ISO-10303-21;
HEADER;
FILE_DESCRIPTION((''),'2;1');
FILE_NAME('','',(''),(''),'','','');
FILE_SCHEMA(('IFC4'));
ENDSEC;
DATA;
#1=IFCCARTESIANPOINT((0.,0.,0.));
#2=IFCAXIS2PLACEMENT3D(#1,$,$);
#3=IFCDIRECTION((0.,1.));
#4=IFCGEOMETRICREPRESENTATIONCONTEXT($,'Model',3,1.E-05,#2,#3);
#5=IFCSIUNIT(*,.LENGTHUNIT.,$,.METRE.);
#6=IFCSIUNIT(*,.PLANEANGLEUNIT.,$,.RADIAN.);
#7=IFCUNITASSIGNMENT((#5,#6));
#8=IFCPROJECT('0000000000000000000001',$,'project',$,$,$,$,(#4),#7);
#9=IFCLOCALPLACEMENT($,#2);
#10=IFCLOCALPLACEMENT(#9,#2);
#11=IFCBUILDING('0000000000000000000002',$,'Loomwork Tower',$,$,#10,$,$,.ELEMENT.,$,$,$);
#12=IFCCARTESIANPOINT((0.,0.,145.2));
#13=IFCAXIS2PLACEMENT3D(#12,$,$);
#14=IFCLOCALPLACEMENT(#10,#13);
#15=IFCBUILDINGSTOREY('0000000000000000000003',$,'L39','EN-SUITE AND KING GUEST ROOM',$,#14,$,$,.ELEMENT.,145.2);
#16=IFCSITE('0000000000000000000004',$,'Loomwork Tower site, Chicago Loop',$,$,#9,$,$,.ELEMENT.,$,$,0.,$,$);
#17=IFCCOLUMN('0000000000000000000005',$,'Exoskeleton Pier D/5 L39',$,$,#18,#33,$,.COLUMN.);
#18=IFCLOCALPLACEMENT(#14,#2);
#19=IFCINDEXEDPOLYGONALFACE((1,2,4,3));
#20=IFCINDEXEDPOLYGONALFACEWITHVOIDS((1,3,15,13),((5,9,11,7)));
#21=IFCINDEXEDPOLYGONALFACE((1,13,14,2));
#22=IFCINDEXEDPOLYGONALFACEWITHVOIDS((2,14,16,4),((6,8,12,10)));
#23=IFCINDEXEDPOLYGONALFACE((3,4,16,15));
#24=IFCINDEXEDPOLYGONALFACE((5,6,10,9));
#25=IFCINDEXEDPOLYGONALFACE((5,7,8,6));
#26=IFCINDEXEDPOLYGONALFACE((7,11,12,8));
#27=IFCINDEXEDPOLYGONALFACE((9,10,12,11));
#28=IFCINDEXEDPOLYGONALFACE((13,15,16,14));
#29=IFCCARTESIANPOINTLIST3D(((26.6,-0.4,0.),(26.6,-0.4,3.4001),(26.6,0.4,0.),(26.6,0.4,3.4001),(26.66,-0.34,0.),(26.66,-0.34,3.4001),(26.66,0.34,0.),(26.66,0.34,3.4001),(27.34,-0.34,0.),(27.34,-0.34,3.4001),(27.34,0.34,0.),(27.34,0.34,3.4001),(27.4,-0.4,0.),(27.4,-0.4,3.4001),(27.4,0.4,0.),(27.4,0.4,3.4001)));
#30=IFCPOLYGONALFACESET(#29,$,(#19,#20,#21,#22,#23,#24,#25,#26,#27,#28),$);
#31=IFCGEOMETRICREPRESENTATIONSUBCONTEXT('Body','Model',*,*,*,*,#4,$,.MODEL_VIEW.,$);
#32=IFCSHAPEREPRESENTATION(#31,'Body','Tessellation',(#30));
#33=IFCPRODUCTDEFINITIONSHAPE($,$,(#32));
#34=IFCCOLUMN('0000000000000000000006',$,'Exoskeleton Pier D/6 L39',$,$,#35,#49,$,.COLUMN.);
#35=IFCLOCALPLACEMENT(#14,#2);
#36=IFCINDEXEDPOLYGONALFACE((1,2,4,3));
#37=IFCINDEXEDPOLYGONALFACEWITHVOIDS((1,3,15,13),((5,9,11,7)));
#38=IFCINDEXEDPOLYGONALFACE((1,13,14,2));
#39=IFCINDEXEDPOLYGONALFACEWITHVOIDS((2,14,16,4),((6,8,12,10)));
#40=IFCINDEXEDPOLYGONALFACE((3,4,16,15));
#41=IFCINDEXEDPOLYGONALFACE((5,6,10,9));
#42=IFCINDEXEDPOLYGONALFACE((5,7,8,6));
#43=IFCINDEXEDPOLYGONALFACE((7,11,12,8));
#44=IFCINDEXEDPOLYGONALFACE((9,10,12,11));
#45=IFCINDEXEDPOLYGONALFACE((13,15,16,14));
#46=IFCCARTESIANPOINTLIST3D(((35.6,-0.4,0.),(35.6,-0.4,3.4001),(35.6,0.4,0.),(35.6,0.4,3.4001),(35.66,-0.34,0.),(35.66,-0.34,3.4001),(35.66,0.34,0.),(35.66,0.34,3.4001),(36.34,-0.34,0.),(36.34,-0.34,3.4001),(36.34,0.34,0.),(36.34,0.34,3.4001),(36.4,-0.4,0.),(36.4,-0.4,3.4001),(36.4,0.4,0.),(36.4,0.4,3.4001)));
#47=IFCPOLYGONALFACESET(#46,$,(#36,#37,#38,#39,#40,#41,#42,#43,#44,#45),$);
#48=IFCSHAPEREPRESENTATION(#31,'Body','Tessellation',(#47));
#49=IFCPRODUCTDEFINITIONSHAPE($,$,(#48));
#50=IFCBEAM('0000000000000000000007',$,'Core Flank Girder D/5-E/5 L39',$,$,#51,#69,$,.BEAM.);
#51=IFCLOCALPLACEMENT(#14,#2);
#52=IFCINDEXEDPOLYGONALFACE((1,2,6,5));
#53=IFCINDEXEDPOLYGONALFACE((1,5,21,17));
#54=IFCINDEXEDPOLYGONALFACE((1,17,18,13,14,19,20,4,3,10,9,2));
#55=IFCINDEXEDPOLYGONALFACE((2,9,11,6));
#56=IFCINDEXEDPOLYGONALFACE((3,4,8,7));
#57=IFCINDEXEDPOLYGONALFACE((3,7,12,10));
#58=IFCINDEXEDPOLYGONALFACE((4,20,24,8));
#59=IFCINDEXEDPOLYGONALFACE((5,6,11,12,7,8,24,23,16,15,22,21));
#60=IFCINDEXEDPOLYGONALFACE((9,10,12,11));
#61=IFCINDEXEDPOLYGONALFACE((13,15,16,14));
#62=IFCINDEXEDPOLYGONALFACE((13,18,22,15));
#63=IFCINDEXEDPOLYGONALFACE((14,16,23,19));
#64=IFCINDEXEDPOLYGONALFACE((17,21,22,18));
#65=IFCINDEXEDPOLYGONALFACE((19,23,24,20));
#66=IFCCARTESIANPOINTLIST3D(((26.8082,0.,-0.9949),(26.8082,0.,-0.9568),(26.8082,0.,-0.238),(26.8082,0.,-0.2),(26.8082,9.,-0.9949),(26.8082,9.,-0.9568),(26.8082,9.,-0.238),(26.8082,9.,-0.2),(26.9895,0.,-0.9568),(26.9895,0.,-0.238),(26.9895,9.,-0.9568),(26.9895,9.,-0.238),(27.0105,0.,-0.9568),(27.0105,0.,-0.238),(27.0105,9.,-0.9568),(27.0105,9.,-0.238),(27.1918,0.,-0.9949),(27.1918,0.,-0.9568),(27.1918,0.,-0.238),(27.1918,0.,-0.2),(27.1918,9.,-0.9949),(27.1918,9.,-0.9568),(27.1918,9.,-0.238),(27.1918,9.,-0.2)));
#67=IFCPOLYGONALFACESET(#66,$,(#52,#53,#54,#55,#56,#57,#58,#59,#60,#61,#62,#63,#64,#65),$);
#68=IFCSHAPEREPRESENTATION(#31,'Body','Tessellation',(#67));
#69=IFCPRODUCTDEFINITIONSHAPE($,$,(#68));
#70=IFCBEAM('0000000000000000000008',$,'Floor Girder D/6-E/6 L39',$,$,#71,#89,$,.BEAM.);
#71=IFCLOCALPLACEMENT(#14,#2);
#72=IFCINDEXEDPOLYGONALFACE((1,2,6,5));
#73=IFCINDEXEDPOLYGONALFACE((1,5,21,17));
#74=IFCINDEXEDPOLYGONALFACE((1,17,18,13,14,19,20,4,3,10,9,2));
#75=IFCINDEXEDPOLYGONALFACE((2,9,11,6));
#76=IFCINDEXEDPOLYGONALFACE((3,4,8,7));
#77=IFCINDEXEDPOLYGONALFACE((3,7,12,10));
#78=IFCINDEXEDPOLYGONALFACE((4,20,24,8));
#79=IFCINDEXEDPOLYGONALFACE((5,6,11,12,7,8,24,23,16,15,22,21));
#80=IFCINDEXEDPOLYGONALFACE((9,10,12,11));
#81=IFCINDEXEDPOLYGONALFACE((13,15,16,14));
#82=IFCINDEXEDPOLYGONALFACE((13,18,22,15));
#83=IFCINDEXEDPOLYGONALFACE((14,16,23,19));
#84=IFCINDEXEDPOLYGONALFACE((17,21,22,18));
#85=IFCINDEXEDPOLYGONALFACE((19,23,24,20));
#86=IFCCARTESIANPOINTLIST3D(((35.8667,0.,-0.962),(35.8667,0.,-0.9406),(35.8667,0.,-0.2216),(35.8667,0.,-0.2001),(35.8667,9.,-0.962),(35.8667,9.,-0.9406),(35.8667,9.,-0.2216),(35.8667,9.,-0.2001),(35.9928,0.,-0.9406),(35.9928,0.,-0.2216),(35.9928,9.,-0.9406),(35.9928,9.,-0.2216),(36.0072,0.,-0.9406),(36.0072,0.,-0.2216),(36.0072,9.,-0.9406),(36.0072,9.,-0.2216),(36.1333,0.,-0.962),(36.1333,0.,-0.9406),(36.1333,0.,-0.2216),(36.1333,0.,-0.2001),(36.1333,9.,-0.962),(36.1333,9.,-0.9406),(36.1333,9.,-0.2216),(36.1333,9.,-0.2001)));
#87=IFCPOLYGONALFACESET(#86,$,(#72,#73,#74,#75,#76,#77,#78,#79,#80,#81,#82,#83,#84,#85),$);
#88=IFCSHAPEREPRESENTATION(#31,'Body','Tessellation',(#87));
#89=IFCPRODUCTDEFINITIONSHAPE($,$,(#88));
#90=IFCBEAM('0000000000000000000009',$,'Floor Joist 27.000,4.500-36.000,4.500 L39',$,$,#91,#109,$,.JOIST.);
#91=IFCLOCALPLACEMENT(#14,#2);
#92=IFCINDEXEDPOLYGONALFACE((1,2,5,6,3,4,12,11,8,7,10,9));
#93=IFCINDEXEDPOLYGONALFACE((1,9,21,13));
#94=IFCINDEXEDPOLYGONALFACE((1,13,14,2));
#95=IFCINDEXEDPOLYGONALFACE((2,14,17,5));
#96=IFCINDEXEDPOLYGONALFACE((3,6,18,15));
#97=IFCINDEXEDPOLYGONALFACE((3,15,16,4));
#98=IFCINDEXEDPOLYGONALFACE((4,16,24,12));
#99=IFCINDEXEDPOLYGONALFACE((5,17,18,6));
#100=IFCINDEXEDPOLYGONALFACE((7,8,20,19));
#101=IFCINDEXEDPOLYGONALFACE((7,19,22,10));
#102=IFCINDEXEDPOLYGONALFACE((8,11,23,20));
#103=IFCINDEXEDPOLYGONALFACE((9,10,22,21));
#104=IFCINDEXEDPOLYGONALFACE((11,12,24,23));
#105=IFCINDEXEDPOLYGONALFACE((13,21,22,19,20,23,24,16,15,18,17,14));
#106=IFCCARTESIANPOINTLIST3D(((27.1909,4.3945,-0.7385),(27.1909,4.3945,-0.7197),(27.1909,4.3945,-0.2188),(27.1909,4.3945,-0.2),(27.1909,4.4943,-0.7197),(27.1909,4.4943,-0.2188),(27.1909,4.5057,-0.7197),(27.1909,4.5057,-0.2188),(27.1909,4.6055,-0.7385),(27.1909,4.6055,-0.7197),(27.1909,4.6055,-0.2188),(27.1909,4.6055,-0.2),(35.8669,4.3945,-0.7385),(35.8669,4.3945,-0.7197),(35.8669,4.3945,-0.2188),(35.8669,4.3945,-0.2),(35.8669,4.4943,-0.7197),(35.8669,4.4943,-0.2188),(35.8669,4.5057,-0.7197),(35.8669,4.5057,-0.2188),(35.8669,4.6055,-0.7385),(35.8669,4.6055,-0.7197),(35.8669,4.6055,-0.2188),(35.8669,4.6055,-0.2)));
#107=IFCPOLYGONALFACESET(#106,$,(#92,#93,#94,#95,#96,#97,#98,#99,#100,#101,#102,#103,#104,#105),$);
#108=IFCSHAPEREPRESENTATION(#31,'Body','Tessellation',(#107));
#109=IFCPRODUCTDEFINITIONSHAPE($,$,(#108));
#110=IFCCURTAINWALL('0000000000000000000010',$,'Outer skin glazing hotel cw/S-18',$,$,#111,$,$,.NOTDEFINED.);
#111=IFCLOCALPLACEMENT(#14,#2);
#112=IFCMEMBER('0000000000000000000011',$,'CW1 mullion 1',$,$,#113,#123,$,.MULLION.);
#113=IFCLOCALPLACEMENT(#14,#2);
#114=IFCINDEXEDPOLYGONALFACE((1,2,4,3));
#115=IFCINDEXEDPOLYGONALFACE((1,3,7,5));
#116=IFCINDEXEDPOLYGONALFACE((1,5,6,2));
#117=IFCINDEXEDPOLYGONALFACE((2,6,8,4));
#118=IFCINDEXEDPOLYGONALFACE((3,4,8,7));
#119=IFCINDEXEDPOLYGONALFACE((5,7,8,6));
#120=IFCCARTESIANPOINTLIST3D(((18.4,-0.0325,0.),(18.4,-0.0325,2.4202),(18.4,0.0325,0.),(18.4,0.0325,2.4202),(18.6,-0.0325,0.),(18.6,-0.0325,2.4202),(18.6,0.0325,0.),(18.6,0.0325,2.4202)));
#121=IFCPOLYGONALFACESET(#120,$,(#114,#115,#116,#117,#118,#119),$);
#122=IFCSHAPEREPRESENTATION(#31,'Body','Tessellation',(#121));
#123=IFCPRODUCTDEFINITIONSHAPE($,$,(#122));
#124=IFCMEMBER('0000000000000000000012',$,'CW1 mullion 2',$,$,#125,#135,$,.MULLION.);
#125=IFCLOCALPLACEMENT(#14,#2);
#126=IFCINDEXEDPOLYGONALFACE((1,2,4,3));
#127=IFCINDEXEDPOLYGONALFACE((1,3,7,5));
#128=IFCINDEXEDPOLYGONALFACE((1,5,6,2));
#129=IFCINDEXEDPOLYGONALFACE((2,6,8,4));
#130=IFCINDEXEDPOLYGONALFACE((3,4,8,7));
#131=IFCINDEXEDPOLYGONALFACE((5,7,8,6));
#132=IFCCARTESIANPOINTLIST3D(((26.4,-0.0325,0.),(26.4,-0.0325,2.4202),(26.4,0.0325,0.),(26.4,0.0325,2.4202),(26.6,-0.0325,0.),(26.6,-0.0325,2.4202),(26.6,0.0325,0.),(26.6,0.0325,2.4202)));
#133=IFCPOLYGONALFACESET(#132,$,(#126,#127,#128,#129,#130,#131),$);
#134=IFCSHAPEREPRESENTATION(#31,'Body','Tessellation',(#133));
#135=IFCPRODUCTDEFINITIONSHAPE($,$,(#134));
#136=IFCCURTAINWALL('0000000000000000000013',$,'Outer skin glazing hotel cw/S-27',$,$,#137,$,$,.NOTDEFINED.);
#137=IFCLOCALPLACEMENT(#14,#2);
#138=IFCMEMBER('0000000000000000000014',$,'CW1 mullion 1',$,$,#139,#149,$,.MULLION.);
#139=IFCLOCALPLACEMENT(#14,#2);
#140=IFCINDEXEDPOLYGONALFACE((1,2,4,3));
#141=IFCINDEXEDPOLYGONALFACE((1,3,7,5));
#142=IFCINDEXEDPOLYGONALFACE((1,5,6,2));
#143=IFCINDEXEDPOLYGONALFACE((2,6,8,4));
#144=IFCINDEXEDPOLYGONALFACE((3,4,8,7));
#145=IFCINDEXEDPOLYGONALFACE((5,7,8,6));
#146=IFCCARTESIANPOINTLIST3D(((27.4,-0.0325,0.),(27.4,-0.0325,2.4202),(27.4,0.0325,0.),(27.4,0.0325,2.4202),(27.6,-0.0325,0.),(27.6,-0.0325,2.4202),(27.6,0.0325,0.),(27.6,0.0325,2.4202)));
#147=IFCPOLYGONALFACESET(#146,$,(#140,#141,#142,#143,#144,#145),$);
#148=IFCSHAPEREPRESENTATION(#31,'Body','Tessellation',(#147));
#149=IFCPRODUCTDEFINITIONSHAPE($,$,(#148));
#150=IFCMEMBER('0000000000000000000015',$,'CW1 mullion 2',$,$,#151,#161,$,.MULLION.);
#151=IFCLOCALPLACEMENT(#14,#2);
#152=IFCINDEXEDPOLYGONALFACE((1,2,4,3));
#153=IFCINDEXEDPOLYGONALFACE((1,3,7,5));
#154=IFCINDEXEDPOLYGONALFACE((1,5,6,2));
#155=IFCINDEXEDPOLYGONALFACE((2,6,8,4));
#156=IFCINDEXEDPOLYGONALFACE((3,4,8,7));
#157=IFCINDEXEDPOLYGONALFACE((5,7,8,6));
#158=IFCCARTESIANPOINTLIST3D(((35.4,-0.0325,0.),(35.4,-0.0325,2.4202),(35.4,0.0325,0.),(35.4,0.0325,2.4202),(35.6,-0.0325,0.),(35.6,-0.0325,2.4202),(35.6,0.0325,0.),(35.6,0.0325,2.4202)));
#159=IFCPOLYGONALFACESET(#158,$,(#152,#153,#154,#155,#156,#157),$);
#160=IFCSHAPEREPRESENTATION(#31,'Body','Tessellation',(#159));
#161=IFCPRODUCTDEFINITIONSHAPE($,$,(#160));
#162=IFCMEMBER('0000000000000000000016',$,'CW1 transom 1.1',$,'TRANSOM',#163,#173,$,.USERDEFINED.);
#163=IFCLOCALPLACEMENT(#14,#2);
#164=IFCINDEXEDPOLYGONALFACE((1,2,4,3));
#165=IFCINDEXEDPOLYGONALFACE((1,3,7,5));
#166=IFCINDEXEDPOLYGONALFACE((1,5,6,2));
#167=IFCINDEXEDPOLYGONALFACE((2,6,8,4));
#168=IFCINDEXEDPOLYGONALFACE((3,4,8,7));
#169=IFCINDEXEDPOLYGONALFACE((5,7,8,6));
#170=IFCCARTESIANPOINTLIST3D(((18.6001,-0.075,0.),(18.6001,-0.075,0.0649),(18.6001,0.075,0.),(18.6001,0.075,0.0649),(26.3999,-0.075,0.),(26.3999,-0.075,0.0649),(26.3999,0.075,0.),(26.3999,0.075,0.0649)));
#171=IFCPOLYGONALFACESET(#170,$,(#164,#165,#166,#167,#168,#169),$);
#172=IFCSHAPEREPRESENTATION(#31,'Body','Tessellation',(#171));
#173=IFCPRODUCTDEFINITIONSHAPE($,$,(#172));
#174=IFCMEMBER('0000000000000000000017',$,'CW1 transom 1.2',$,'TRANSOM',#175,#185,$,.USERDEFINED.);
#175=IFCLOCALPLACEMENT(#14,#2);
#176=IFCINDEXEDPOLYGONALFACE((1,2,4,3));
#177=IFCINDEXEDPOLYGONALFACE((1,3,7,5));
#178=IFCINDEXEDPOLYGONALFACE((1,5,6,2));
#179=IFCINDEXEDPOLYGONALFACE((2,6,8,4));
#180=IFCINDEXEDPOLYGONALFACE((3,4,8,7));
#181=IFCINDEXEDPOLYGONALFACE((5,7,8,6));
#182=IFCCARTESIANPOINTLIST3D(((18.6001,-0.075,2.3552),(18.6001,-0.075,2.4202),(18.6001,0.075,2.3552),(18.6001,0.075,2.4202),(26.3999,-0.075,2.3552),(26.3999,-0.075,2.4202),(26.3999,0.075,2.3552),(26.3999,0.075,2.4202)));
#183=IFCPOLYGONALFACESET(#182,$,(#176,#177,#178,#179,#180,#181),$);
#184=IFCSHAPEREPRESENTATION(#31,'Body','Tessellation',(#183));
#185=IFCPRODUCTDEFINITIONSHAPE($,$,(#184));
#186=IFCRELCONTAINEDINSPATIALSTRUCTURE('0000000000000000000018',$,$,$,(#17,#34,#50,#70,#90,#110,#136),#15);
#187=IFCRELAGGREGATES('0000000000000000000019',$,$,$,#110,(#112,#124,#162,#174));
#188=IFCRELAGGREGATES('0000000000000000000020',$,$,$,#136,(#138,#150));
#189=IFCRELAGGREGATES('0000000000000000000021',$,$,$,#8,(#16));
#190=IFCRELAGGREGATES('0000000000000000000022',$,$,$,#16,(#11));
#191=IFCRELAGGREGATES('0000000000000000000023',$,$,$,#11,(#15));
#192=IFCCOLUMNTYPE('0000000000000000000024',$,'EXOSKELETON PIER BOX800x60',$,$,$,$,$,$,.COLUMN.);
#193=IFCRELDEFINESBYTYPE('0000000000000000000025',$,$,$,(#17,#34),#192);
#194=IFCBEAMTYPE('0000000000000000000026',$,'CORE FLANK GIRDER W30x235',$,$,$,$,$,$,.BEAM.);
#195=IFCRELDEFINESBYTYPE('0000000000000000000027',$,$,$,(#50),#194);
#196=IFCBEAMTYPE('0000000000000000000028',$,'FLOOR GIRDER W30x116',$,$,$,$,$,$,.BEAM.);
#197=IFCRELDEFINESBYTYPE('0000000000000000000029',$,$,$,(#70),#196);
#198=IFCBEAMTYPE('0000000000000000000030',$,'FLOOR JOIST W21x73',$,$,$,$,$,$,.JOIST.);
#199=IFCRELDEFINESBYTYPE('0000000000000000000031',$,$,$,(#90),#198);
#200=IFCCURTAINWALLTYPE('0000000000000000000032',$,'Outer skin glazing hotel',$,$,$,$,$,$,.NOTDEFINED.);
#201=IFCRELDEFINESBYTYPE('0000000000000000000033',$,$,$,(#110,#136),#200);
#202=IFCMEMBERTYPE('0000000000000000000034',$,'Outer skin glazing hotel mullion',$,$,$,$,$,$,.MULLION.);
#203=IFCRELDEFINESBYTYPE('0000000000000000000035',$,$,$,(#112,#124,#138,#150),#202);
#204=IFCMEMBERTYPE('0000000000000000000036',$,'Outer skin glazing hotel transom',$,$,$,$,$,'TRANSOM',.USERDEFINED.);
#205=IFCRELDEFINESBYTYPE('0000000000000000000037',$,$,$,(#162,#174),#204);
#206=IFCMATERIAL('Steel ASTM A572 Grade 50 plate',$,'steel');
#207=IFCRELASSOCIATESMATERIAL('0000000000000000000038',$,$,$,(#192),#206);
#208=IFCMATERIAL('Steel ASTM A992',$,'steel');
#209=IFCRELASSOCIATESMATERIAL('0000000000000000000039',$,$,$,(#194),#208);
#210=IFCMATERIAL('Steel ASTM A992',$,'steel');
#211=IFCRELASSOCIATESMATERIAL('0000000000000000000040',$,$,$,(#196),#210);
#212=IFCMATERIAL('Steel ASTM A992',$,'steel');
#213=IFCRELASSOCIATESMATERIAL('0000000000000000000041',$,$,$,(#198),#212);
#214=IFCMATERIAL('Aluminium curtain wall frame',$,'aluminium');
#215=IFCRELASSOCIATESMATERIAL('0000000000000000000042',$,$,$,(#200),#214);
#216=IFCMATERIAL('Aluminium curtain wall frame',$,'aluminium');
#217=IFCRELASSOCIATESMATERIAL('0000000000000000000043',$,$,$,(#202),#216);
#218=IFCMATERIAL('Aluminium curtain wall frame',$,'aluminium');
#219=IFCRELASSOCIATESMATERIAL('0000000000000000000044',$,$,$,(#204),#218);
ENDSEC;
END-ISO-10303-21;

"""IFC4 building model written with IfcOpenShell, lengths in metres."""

from ifc_helpers import new_model, si_unit, direction, frame, origin, origin_2d, place, context, subcontext, project, spatial, rectangle, hollow_rectangle, i_section, extrude, material, material_profile, profile_set, type_object, element, aggregate, save


model = new_model("IFC4")

# Units and contexts
model_context = context("Model", 3, precision=1e-05, world=origin(), true_north=direction((0.0, 1.0)))
body_context = subcontext(model_context, "Body", "Model", "MODEL_VIEW")
ifc_project = project(units=[si_unit("LENGTHUNIT", "METRE"), si_unit("PLANEANGLEUNIT", "RADIAN")], contexts=[model_context])

# Site, building, storey
site_placement = place(None, origin())
site = spatial("IfcSite", under=ifc_project, at=site_placement, Name="Loomwork Tower site, Chicago Loop", CompositionType="ELEMENT", RefElevation=0.0)
building_placement = place(site_placement, origin())
building = spatial("IfcBuilding", under=site, at=building_placement, Name="Loomwork Tower", CompositionType="ELEMENT")
storey_placement = place(building_placement, frame((0.0, 0.0, 145.2)))
storey = spatial("IfcBuildingStorey", under=building, at=storey_placement, Name="L39", Description="EN-SUITE AND KING GUEST ROOM", CompositionType="ELEMENT", Elevation=145.2)

# Columns
ifc_material_1 = material(Name="Steel ASTM A572 Grade 50 plate", Category="steel")
ifc_material_profile_1 = material_profile(ifc_material_1, hollow_rectangle(XDim=0.8, YDim=0.8, WallThickness=0.0601, at=origin_2d()), Name="BOX800x60")
ifc_profile_set_1 = profile_set([ifc_material_profile_1], Name="Steel ASTM A572 Grade 50 plate")
column_type = type_object("IfcColumnType", Name="EXOSKELETON PIER BOX800x60", PredefinedType="COLUMN", material=ifc_profile_set_1)
for number, where, z_axis, x_axis, name in (
    (1, (27.0, 0.0, 0.0), (0.0, 0.0, 1.0), (1.0, 0.0, 0.0), "Exoskeleton Pier D/5 L39"),
    (2, (36.0, 0.0, 0.0), (0.0, 0.0, 1.0), (1.0, 0.0, 0.0), "Exoskeleton Pier D/6 L39"),
):
    element("IfcColumn", number, at=place(storey_placement, frame(where, z_axis=z_axis, x_axis=x_axis)), inside=storey, type_object=column_type, Name=name, PredefinedType="COLUMN", context=body_context, shape_type="SweptSolid", body=[
        extrude(hollow_rectangle(XDim=0.8, YDim=0.8, WallThickness=0.0601, at=origin_2d()), origin(), (0.0, 0.0, 1.0), 3.4001),
    ])

# Beams
ifc_material_2 = material(Name="Steel ASTM A992", Category="steel")
ifc_material_profile_2 = material_profile(ifc_material_2, i_section(OverallWidth=0.3835, OverallDepth=0.7949, WebThickness=0.021, FlangeThickness=0.0381, at=origin_2d()), Name="W30x235")
ifc_profile_set_2 = profile_set([ifc_material_profile_2], Name="Steel ASTM A992")
beam_type_1 = type_object("IfcBeamType", Name="CORE FLANK GIRDER W30x235", PredefinedType="BEAM", material=ifc_profile_set_2)
beam_1_placement = place(storey_placement, frame((27.0, 0.0, -0.5974), z_axis=(0.0, 1.0, 0.0), x_axis=(-1.0, 0.0, 0.0)))
element("IfcBeam", 3, at=beam_1_placement, inside=storey, type_object=beam_type_1, Name="Core Flank Girder D/5-E/5 L39", PredefinedType="BEAM", context=body_context, shape_type="SweptSolid", body=[
    extrude(i_section(OverallWidth=0.3835, OverallDepth=0.7949, WebThickness=0.021, FlangeThickness=0.0381, at=origin_2d()), origin(), (0.0, 0.0, 1.0), 9.0),
])
ifc_material_3 = material(Name="Steel ASTM A992", Category="steel")
ifc_material_profile_3 = material_profile(ifc_material_3, i_section(OverallWidth=0.2666, OverallDepth=0.762, WebThickness=0.0144, FlangeThickness=0.0215, at=origin_2d()), Name="W30x116")
ifc_profile_set_3 = profile_set([ifc_material_profile_3], Name="Steel ASTM A992")
beam_type_2 = type_object("IfcBeamType", Name="FLOOR GIRDER W30x116", PredefinedType="BEAM", material=ifc_profile_set_3)
beam_2_placement = place(storey_placement, frame((36.0, 0.0, -0.5811), z_axis=(0.0, 1.0, 0.0), x_axis=(-1.0, 0.0, 0.0)))
element("IfcBeam", 4, at=beam_2_placement, inside=storey, type_object=beam_type_2, Name="Floor Girder D/6-E/6 L39", PredefinedType="BEAM", context=body_context, shape_type="SweptSolid", body=[
    extrude(i_section(OverallWidth=0.2666, OverallDepth=0.762, WebThickness=0.0144, FlangeThickness=0.0215, at=origin_2d()), origin(), (0.0, 0.0, 1.0), 9.0),
])
ifc_material_4 = material(Name="Steel ASTM A992", Category="steel")
ifc_material_profile_4 = material_profile(ifc_material_4, i_section(OverallWidth=0.2109, OverallDepth=0.5386, WebThickness=0.0115, FlangeThickness=0.0188, at=origin_2d()), Name="W21x73")
ifc_profile_set_4 = profile_set([ifc_material_profile_4], Name="Steel ASTM A992")
beam_type_3 = type_object("IfcBeamType", Name="FLOOR JOIST W21x73", PredefinedType="JOIST", material=ifc_profile_set_4)
beam_3_placement = place(storey_placement, frame((27.1909, 4.5, -0.4692), z_axis=(1.0, 0.0, 0.0), x_axis=(0.0, 1.0, 0.0)))
element("IfcBeam", 5, at=beam_3_placement, inside=storey, type_object=beam_type_3, Name="Floor Joist 27.000,4.500-36.000,4.500 L39", PredefinedType="JOIST", context=body_context, shape_type="SweptSolid", body=[
    extrude(i_section(OverallWidth=0.2109, OverallDepth=0.5386, WebThickness=0.0115, FlangeThickness=0.0188, at=origin_2d()), origin(), (0.0, 0.0, 1.0), 8.676),
])

# Curtain walls, members
ifc_material_5 = material(Name="Aluminium curtain wall frame", Category="aluminium")
curtain_wall_type = type_object("IfcCurtainWallType", Name="Outer skin glazing hotel", PredefinedType="NOTDEFINED", material=ifc_material_5)
curtain_wall_1_placement = place(storey_placement, origin())
curtain_wall_1 = element("IfcCurtainWall", 6, at=curtain_wall_1_placement, inside=storey, type_object=curtain_wall_type, Name="Outer skin glazing hotel cw/S-18", PredefinedType="NOTDEFINED")
ifc_material_6 = material(Name="Aluminium curtain wall frame", Category="aluminium")
ifc_material_profile_5 = material_profile(ifc_material_6, rectangle(XDim=0.0649, YDim=0.2, at=origin_2d()), Name="AL 65x200")
ifc_profile_set_5 = profile_set([ifc_material_profile_5], Name="Aluminium curtain wall frame")
member_type_1 = type_object("IfcMemberType", Name="Outer skin glazing hotel mullion", PredefinedType="MULLION", material=ifc_profile_set_5)
member_1_placement = place(storey_placement, frame((18.5, 0.0, 0.0), z_axis=(0.0, 0.0, 1.0), x_axis=(0.0, 1.0, 0.0)))
member_1 = element("IfcMember", 7, at=member_1_placement, type_object=member_type_1, Name="CW1 mullion 1", PredefinedType="MULLION", context=body_context, shape_type="SweptSolid", body=[
    extrude(rectangle(XDim=0.0649, YDim=0.2, at=origin_2d()), origin(), (0.0, 0.0, 1.0), 2.4202),
])
member_2_placement = place(storey_placement, frame((26.5, 0.0, 0.0), z_axis=(0.0, 0.0, 1.0), x_axis=(0.0, 1.0, 0.0)))
member_2 = element("IfcMember", 8, at=member_2_placement, type_object=member_type_1, Name="CW1 mullion 2", PredefinedType="MULLION", context=body_context, shape_type="SweptSolid", body=[
    extrude(rectangle(XDim=0.0649, YDim=0.2, at=origin_2d()), origin(), (0.0, 0.0, 1.0), 2.4202),
])
curtain_wall_2_placement = place(storey_placement, origin())
curtain_wall_2 = element("IfcCurtainWall", 9, at=curtain_wall_2_placement, inside=storey, type_object=curtain_wall_type, Name="Outer skin glazing hotel cw/S-27", PredefinedType="NOTDEFINED")
member_3_placement = place(storey_placement, frame((27.5, 0.0, 0.0), z_axis=(0.0, 0.0, 1.0), x_axis=(0.0, 1.0, 0.0)))
member_3 = element("IfcMember", 10, at=member_3_placement, type_object=member_type_1, Name="CW1 mullion 1", PredefinedType="MULLION", context=body_context, shape_type="SweptSolid", body=[
    extrude(rectangle(XDim=0.0649, YDim=0.2, at=origin_2d()), origin(), (0.0, 0.0, 1.0), 2.4202),
])
member_4_placement = place(storey_placement, frame((35.5, 0.0, 0.0), z_axis=(0.0, 0.0, 1.0), x_axis=(0.0, 1.0, 0.0)))
member_4 = element("IfcMember", 11, at=member_4_placement, type_object=member_type_1, Name="CW1 mullion 2", PredefinedType="MULLION", context=body_context, shape_type="SweptSolid", body=[
    extrude(rectangle(XDim=0.0649, YDim=0.2, at=origin_2d()), origin(), (0.0, 0.0, 1.0), 2.4202),
])

# Members
ifc_material_7 = material(Name="Aluminium curtain wall frame", Category="aluminium")
ifc_material_profile_6 = material_profile(ifc_material_7, rectangle(XDim=0.1499, YDim=0.0649, at=origin_2d()), Name="AL 65x150")
ifc_profile_set_6 = profile_set([ifc_material_profile_6], Name="Aluminium curtain wall frame")
member_type_2 = type_object("IfcMemberType", Name="Outer skin glazing hotel transom", ElementType="TRANSOM", PredefinedType="USERDEFINED", material=ifc_profile_set_6)
member_5_placement = place(storey_placement, frame((18.6001, 0.0, 0.0325), z_axis=(1.0, 0.0, 0.0), x_axis=(0.0, 1.0, 0.0)))
member_5 = element("IfcMember", 12, at=member_5_placement, type_object=member_type_2, Name="CW1 transom 1.1", ObjectType="TRANSOM", PredefinedType="USERDEFINED", context=body_context, shape_type="SweptSolid", body=[
    extrude(rectangle(XDim=0.1499, YDim=0.0649, at=origin_2d()), origin(), (0.0, 0.0, 1.0), 7.7998),
])
member_6_placement = place(storey_placement, frame((18.6001, 0.0, 2.3877), z_axis=(1.0, 0.0, 0.0), x_axis=(0.0, 1.0, 0.0)))
member_6 = element("IfcMember", 13, at=member_6_placement, type_object=member_type_2, Name="CW1 transom 1.2", ObjectType="TRANSOM", PredefinedType="USERDEFINED", context=body_context, shape_type="SweptSolid", body=[
    extrude(rectangle(XDim=0.1499, YDim=0.0649, at=origin_2d()), origin(), (0.0, 0.0, 1.0), 7.7998),
])

aggregate(curtain_wall_1, [member_1, member_2, member_5, member_6])
aggregate(curtain_wall_2, [member_3, member_4])

save(model, "model.ifc")
